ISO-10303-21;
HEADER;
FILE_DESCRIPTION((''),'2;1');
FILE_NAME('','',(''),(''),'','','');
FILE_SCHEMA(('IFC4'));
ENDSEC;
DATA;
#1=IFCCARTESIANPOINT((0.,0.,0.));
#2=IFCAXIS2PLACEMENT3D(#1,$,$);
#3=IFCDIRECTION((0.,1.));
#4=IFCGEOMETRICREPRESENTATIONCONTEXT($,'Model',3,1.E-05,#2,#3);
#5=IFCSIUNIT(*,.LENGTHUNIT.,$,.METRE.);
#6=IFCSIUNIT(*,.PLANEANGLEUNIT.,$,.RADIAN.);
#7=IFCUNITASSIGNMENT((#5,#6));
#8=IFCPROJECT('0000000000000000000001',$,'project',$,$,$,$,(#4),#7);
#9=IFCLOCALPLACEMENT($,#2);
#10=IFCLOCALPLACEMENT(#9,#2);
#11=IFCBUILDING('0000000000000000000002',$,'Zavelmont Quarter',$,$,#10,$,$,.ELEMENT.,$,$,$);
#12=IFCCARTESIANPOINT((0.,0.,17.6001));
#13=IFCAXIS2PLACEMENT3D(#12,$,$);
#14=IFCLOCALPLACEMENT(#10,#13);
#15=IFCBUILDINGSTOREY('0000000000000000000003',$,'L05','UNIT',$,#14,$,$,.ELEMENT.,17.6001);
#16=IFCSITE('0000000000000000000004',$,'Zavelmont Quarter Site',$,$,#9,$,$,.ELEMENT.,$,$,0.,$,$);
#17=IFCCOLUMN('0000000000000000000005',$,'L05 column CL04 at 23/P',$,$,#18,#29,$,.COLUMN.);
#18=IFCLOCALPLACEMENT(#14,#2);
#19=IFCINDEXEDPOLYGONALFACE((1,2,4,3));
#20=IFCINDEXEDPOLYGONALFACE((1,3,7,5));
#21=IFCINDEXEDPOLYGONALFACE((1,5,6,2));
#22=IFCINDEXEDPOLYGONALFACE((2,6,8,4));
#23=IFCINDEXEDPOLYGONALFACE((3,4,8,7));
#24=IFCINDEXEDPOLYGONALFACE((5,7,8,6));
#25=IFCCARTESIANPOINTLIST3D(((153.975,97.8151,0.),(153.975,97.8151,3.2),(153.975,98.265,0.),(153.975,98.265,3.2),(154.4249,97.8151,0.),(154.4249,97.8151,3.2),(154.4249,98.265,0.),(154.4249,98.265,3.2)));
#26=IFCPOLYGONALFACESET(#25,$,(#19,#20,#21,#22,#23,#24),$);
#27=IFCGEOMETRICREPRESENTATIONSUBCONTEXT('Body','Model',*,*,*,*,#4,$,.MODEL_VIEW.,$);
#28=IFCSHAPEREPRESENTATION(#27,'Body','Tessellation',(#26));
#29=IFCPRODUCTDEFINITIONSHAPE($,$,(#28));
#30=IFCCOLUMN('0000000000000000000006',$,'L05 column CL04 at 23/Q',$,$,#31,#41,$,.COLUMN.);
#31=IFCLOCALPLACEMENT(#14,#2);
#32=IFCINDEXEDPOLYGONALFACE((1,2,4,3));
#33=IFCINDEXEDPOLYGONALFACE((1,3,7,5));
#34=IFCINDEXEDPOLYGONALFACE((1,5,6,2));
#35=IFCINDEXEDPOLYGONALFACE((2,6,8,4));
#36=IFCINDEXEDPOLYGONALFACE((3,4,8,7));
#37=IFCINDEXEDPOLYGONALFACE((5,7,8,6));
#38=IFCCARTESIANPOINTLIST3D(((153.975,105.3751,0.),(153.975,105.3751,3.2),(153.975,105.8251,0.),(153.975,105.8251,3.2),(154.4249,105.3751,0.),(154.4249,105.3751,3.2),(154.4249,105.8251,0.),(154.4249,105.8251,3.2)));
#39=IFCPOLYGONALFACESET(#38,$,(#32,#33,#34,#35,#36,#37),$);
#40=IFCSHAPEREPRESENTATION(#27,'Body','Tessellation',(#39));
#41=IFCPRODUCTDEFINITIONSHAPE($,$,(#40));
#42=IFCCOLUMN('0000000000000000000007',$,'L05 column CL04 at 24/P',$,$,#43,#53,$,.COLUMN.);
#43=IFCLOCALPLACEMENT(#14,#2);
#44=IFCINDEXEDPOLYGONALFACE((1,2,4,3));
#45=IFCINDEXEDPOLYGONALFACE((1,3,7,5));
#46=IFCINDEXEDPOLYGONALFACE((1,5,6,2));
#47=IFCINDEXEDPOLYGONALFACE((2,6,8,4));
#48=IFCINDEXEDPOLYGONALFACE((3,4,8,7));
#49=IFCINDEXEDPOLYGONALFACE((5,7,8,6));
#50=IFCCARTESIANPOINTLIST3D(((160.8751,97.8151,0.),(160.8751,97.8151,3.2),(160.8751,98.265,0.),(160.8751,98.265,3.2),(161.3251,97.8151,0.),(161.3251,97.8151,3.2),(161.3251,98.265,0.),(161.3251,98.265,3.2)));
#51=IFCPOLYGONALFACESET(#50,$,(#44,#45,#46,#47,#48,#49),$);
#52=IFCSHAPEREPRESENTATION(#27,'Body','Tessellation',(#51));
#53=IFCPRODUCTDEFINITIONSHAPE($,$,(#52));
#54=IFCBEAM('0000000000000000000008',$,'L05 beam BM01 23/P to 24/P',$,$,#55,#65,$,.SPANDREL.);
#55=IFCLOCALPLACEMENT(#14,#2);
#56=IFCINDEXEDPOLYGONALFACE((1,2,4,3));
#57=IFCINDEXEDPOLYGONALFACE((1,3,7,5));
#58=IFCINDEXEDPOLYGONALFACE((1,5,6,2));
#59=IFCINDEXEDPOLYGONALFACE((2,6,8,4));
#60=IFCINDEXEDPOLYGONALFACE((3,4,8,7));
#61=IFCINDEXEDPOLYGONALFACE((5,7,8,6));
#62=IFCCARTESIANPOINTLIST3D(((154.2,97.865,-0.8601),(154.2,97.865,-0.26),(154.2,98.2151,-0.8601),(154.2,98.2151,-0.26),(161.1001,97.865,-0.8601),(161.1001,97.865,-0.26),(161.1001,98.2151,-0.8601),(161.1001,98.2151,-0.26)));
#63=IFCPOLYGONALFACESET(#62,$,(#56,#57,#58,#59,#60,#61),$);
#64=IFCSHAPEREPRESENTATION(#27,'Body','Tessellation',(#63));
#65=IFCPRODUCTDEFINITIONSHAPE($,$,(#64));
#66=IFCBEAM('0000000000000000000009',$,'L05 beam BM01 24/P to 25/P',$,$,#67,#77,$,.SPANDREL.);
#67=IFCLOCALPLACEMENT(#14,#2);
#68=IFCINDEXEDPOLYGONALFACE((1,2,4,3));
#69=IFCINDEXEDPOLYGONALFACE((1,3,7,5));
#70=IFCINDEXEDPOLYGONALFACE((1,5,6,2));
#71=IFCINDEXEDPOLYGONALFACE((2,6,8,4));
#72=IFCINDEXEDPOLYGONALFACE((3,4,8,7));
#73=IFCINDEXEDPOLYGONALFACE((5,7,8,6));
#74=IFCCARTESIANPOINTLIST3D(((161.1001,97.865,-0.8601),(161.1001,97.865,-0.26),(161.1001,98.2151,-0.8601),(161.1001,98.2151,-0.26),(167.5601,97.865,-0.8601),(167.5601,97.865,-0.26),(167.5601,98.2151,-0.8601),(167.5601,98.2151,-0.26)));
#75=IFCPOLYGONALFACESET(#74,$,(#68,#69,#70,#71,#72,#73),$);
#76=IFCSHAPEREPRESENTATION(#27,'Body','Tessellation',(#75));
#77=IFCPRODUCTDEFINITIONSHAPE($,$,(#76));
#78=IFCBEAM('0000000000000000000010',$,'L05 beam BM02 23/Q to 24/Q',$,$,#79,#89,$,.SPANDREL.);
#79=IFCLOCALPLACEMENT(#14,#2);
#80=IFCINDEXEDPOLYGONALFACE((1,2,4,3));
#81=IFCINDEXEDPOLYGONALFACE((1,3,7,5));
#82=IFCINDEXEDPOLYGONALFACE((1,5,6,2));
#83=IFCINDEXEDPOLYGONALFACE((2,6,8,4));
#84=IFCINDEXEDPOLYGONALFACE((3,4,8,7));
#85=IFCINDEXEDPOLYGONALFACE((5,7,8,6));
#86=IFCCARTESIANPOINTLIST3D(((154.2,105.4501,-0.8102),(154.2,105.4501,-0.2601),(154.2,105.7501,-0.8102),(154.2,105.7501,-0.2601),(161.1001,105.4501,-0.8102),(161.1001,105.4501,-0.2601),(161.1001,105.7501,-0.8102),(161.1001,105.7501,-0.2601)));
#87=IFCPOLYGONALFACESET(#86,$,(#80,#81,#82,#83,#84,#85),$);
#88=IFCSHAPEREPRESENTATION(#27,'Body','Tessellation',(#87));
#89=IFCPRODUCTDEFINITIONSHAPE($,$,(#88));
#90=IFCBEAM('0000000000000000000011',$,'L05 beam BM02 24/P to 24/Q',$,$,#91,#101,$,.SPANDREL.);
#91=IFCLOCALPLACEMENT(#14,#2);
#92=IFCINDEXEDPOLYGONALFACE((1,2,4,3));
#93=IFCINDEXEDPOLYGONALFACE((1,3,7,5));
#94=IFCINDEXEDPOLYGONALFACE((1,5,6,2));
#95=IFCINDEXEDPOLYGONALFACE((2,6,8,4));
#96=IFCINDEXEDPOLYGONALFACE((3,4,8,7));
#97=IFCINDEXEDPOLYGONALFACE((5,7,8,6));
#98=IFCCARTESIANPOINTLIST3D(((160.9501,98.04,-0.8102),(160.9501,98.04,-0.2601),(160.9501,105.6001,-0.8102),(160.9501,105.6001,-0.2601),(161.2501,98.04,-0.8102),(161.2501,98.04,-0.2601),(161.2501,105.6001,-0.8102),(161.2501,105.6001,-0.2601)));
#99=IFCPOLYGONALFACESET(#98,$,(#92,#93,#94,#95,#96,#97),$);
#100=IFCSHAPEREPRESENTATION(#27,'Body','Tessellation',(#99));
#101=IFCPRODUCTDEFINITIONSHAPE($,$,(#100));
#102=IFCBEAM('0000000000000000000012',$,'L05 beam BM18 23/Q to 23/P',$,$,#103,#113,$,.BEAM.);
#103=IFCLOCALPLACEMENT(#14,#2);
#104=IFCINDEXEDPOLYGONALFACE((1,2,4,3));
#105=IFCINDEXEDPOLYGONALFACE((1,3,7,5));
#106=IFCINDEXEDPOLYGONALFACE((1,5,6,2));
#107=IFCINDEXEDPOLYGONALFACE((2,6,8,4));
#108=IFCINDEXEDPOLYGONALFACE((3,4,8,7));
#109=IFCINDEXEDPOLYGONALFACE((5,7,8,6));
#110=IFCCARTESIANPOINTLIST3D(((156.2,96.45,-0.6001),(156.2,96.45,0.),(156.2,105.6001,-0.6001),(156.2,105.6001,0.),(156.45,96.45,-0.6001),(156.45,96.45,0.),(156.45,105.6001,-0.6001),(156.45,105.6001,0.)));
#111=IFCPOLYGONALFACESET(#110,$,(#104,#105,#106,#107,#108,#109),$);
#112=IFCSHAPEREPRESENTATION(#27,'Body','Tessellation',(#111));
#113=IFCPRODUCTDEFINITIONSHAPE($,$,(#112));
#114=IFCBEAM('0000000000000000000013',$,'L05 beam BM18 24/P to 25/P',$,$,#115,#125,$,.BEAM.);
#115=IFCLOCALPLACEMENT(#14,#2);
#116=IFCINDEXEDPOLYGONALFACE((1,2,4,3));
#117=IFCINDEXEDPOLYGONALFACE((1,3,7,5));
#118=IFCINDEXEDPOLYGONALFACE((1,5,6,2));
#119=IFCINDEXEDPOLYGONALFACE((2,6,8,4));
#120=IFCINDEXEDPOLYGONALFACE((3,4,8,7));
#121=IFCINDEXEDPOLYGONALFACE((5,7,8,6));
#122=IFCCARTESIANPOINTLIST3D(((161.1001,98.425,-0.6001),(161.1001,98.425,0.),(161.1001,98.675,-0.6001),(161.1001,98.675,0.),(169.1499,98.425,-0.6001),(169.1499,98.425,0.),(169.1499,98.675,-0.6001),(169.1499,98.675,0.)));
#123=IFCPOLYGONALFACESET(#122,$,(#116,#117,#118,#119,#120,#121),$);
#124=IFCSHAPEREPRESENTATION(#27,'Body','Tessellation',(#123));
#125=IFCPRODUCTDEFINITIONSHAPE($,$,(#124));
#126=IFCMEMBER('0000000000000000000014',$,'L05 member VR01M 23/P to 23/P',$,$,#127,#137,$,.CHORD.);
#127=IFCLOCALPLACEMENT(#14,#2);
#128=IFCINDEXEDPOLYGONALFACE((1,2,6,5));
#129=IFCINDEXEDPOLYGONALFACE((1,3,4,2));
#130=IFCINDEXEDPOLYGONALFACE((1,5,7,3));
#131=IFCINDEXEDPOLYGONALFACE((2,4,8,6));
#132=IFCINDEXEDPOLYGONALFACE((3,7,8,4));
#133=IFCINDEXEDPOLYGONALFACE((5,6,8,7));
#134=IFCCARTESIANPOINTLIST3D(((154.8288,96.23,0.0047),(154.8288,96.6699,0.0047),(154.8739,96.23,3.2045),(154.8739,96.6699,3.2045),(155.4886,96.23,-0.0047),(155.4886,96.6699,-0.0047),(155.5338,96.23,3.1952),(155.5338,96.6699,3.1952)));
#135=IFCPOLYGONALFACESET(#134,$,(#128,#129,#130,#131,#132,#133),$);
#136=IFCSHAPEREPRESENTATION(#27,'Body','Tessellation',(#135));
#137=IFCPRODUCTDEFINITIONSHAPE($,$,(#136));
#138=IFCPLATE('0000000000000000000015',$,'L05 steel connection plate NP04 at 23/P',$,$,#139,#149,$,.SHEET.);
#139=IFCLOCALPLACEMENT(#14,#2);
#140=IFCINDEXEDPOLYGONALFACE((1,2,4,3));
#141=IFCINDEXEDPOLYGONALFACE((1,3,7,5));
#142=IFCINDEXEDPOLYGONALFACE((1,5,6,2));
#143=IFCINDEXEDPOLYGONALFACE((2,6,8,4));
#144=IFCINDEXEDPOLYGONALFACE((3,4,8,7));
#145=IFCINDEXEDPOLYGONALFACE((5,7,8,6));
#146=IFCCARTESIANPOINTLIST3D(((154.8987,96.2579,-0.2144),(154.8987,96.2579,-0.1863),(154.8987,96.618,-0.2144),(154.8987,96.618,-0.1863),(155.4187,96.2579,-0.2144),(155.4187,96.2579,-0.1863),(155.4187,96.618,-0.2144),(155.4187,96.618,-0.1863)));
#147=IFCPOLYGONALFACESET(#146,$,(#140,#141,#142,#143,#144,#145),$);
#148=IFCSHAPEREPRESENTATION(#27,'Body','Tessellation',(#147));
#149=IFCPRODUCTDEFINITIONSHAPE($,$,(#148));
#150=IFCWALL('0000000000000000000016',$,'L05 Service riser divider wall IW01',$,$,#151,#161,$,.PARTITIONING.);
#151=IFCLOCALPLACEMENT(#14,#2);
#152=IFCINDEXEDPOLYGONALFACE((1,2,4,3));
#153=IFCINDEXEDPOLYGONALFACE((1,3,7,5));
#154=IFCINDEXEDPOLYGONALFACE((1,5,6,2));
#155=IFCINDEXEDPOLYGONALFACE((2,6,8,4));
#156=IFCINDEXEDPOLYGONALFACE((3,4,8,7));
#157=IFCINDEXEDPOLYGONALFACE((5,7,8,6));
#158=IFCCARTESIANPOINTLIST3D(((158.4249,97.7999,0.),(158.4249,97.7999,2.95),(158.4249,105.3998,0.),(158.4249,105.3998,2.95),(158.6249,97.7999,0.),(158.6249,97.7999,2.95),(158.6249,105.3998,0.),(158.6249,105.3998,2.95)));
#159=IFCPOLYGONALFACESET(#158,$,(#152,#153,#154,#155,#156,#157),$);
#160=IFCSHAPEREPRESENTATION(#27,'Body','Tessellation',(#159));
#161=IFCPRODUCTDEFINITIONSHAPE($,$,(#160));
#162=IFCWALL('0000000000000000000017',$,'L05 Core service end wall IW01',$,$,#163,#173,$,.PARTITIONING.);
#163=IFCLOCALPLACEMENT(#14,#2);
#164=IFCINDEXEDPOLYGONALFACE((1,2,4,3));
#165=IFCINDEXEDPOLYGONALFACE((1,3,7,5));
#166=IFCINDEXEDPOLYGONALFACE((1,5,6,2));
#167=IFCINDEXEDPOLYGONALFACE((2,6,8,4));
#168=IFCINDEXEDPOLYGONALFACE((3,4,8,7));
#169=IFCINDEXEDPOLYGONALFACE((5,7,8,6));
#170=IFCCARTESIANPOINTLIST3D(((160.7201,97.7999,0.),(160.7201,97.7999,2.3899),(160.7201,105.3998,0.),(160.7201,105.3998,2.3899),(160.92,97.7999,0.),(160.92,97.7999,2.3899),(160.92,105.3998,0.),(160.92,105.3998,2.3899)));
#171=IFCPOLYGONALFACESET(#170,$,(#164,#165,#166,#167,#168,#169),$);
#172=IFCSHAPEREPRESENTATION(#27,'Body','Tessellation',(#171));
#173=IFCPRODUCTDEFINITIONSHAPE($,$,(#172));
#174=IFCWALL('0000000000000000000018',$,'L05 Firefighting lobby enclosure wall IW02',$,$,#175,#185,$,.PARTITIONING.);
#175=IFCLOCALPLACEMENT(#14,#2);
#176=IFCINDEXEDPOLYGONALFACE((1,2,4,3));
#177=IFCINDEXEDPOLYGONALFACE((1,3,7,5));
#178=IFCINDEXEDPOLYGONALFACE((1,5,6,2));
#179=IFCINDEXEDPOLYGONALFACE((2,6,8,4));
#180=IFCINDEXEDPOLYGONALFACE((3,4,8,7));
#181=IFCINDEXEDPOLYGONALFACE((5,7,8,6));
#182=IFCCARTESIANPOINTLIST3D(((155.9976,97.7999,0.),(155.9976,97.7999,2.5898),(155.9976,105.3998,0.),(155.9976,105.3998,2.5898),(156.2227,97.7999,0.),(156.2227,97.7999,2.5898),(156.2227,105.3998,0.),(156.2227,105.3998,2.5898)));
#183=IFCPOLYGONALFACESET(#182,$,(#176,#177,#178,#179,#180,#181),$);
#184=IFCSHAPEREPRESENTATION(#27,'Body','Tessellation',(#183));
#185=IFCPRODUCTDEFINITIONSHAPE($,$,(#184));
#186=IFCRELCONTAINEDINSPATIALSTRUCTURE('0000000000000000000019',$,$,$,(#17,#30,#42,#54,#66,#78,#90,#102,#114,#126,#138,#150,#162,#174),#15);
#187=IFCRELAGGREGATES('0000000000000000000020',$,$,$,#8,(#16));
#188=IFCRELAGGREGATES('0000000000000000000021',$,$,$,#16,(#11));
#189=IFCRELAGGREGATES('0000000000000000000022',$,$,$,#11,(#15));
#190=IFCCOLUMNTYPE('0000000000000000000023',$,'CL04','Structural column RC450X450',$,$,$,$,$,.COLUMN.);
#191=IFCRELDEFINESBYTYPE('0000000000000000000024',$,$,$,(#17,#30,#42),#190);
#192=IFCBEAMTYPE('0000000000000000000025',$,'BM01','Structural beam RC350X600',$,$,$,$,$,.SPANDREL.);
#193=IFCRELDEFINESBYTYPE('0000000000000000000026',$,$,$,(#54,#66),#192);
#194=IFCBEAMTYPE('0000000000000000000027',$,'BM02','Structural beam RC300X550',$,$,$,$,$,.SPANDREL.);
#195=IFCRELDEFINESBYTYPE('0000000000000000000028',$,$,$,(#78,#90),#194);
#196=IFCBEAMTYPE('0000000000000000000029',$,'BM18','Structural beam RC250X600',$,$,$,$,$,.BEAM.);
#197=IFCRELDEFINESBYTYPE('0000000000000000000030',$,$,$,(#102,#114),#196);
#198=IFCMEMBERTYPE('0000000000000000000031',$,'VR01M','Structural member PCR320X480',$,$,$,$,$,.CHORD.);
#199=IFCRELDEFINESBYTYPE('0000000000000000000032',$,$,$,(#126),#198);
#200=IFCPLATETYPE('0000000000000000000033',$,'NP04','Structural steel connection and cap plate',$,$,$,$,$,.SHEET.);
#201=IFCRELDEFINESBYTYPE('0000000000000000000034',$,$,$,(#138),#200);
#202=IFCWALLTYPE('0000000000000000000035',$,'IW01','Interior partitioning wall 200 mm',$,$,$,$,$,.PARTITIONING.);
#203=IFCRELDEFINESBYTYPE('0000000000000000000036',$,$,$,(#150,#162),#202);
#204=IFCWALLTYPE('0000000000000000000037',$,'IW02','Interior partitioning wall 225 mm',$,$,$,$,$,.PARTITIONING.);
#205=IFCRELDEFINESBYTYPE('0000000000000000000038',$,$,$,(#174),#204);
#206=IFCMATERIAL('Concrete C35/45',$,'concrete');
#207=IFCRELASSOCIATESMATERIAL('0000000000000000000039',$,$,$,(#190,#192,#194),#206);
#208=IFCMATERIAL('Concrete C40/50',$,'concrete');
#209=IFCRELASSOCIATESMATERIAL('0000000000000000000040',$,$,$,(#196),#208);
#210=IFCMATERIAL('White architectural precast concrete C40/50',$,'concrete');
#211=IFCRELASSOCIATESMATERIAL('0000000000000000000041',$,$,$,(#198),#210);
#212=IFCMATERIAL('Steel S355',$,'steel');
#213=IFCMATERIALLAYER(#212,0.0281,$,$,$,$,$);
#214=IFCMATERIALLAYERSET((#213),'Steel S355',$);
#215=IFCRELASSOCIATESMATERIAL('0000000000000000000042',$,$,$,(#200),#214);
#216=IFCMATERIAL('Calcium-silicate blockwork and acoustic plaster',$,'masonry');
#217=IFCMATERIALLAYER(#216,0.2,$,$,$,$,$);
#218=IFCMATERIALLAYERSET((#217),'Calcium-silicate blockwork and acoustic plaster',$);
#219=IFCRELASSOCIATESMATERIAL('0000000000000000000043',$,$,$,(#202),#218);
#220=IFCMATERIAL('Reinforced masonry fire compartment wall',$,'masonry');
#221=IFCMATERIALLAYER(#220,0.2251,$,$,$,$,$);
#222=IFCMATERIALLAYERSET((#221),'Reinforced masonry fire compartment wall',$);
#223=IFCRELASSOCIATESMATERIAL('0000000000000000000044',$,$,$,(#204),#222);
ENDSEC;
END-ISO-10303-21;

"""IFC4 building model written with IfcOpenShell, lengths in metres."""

from ifc_helpers import new_model, si_unit, direction, frame, frame_2d, origin, origin_2d, place, context, subcontext, project, spatial, rectangle, extrude, material, layer, layer_set, material_profile, profile_set, type_object, element, save


model = new_model("IFC4")

# Units and contexts
model_context = context("Model", 3, precision=1e-05, world=origin(), true_north=direction((0.0, 1.0)))
body_context = subcontext(model_context, "Body", "Model", "MODEL_VIEW")
ifc_project = project(units=[si_unit("LENGTHUNIT", "METRE"), si_unit("PLANEANGLEUNIT", "RADIAN")], contexts=[model_context])

# Site, building, storey
site_placement = place(None, origin())
site = spatial("IfcSite", under=ifc_project, at=site_placement, Name="Zavelmont Quarter Site", CompositionType="ELEMENT", RefElevation=0.0)
building_placement = place(site_placement, origin())
building = spatial("IfcBuilding", under=site, at=building_placement, Name="Zavelmont Quarter", CompositionType="ELEMENT")
storey_placement = place(building_placement, frame((0.0, 0.0, 17.6001)))
storey = spatial("IfcBuildingStorey", under=building, at=storey_placement, Name="L05", Description="UNIT", CompositionType="ELEMENT", Elevation=17.6001)

# Columns
ifc_material_1 = material(Name="Concrete C35/45", Category="concrete")
ifc_material_profile_1 = material_profile(ifc_material_1, rectangle(XDim=0.45, YDim=0.45, at=origin_2d()), Name="RC450X450")
ifc_profile_set_1 = profile_set([ifc_material_profile_1], Name="Concrete C35/45")
column_type = type_object("IfcColumnType", Name="CL04", Description="Structural column RC450X450", PredefinedType="COLUMN", material=ifc_profile_set_1)
for number, where, z_axis, x_axis, name in (
    (1, (154.2, 98.04, 0.0), (0.0, 0.0, 1.0), (1.0, 0.0, 0.0), "L05 column CL04 at 23/P"),
    (2, (154.2, 105.6001, 0.0), (0.0, 0.0, 1.0), (1.0, 0.0, 0.0), "L05 column CL04 at 23/Q"),
    (3, (161.1001, 98.04, 0.0), (0.0, 0.0, 1.0), (1.0, 0.0, 0.0), "L05 column CL04 at 24/P"),
):
    element("IfcColumn", number, at=place(storey_placement, frame(where, z_axis=z_axis, x_axis=x_axis)), inside=storey, type_object=column_type, Name=name, PredefinedType="COLUMN", context=body_context, shape_type="SweptSolid", body=[
        extrude(rectangle(XDim=0.45, YDim=0.45, at=origin_2d()), origin(), (0.0, 0.0, 1.0), 3.2),
    ])

# Beams
ifc_material_profile_2 = material_profile(ifc_material_1, rectangle(XDim=0.3501, YDim=0.6001, at=origin_2d()), Name="RC350X600")
ifc_profile_set_2 = profile_set([ifc_material_profile_2], Name="Concrete C35/45")
beam_type_1 = type_object("IfcBeamType", Name="BM01", Description="Structural beam RC350X600", PredefinedType="SPANDREL", material=ifc_profile_set_2)
beam_1_placement = place(storey_placement, frame((154.2, 98.04, -0.5601), z_axis=(1.0, 0.0, 0.0), x_axis=(0.0, 1.0, 0.0)))
element("IfcBeam", 4, at=beam_1_placement, inside=storey, type_object=beam_type_1, Name="L05 beam BM01 23/P to 24/P", PredefinedType="SPANDREL", context=body_context, shape_type="SweptSolid", body=[
    extrude(rectangle(XDim=0.3501, YDim=0.6001, at=origin_2d()), origin(), (0.0, 0.0, 1.0), 6.9001),
])
beam_2_placement = place(storey_placement, frame((161.1001, 98.04, -0.5601), z_axis=(1.0, 0.0, 0.0), x_axis=(0.0, 1.0, 0.0)))
element("IfcBeam", 5, at=beam_2_placement, inside=storey, type_object=beam_type_1, Name="L05 beam BM01 24/P to 25/P", PredefinedType="SPANDREL", context=body_context, shape_type="SweptSolid", body=[
    extrude(rectangle(XDim=0.3501, YDim=0.6001, at=origin_2d()), origin(), (0.0, 0.0, 1.0), 6.46),
])
ifc_material_profile_3 = material_profile(ifc_material_1, rectangle(XDim=0.3, YDim=0.55, at=origin_2d()), Name="RC300X550")
ifc_profile_set_3 = profile_set([ifc_material_profile_3], Name="Concrete C35/45")
beam_type_2 = type_object("IfcBeamType", Name="BM02", Description="Structural beam RC300X550", PredefinedType="SPANDREL", material=ifc_profile_set_3)
beam_3_placement = place(storey_placement, frame((154.2, 105.6001, -0.5352), z_axis=(1.0, 0.0, 0.0), x_axis=(0.0, 1.0, 0.0)))
element("IfcBeam", 6, at=beam_3_placement, inside=storey, type_object=beam_type_2, Name="L05 beam BM02 23/Q to 24/Q", PredefinedType="SPANDREL", context=body_context, shape_type="SweptSolid", body=[
    extrude(rectangle(XDim=0.3, YDim=0.55, at=origin_2d()), origin(), (0.0, 0.0, 1.0), 6.9001),
])
beam_4_placement = place(storey_placement, frame((161.1001, 98.04, -0.5352), z_axis=(0.0, 1.0, 0.0), x_axis=(-1.0, 0.0, 0.0)))
element("IfcBeam", 7, at=beam_4_placement, inside=storey, type_object=beam_type_2, Name="L05 beam BM02 24/P to 24/Q", PredefinedType="SPANDREL", context=body_context, shape_type="SweptSolid", body=[
    extrude(rectangle(XDim=0.3, YDim=0.55, at=origin_2d()), origin(), (0.0, 0.0, 1.0), 7.5601),
])
ifc_material_2 = material(Name="Concrete C40/50", Category="concrete")
ifc_material_profile_4 = material_profile(ifc_material_2, rectangle(XDim=0.25, YDim=0.6001, at=origin_2d()), Name="RC250X600")
ifc_profile_set_4 = profile_set([ifc_material_profile_4], Name="Concrete C40/50")
beam_type_3 = type_object("IfcBeamType", Name="BM18", Description="Structural beam RC250X600", PredefinedType="BEAM", material=ifc_profile_set_4)
beam_5_placement = place(storey_placement, frame((156.325, 105.6001, -0.3), z_axis=(0.0, -1.0, 0.0), x_axis=(1.0, 0.0, 0.0)))
element("IfcBeam", 8, at=beam_5_placement, inside=storey, type_object=beam_type_3, Name="L05 beam BM18 23/Q to 23/P", PredefinedType="BEAM", context=body_context, shape_type="SweptSolid", body=[
    extrude(rectangle(XDim=0.25, YDim=0.6001, at=origin_2d()), origin(), (0.0, 0.0, 1.0), 9.1501),
])
beam_6_placement = place(storey_placement, frame((161.1001, 98.55, -0.3), z_axis=(1.0, 0.0, 0.0), x_axis=(0.0, 1.0, 0.0)))
element("IfcBeam", 9, at=beam_6_placement, inside=storey, type_object=beam_type_3, Name="L05 beam BM18 24/P to 25/P", PredefinedType="BEAM", context=body_context, shape_type="SweptSolid", body=[
    extrude(rectangle(XDim=0.25, YDim=0.6001, at=origin_2d()), origin(), (0.0, 0.0, 1.0), 8.0498),
])

# Member
ifc_material_3 = material(Name="White architectural precast concrete C40/50", Category="concrete")
ifc_material_profile_5 = material_profile(ifc_material_3, rectangle(XDim=0.4399, YDim=0.6599, at=origin_2d()), Name="PCR320X480")
ifc_profile_set_5 = profile_set([ifc_material_profile_5], Name="White architectural precast concrete C40/50")
member_type = type_object("IfcMemberType", Name="VR01M", Description="Structural member PCR320X480", PredefinedType="CHORD", material=ifc_profile_set_5)
member_placement = place(storey_placement, frame((155.1587, 96.45, 0.0), z_axis=(0.014113, 0.0, 0.9999), x_axis=(0.0, 1.0, 0.0)))
element("IfcMember", 10, at=member_placement, inside=storey, type_object=member_type, Name="L05 member VR01M 23/P to 23/P", PredefinedType="CHORD", context=body_context, shape_type="SweptSolid", body=[
    extrude(rectangle(XDim=0.4399, YDim=0.6599, at=origin_2d()), origin(), (0.0, 0.0, 1.0), 3.2002),
])

# Plate
ifc_material_4 = material(Name="Steel S355", Category="steel")
ifc_layer_1 = layer(ifc_material_4, 0.0281)
ifc_layer_set_1 = layer_set([ifc_layer_1], Name="Steel S355")
plate_type = type_object("IfcPlateType", Name="NP04", Description="Structural steel connection and cap plate", PredefinedType="SHEET", material=ifc_layer_set_1)
plate_placement = place(storey_placement, frame((155.1587, 96.438, -0.2144), z_axis=(0.0, 0.0, 1.0), x_axis=(1.0, 0.0, 0.0)))
element("IfcPlate", 11, at=plate_placement, inside=storey, type_object=plate_type, Name="L05 steel connection plate NP04 at 23/P", PredefinedType="SHEET", context=body_context, shape_type="SweptSolid", body=[
    extrude(rectangle(XDim=0.52, YDim=0.3601, at=origin_2d()), origin(), (0.0, 0.0, 1.0), 0.0281),
])

# Walls
ifc_material_5 = material(Name="Calcium-silicate blockwork and acoustic plaster", Category="masonry")
ifc_layer_2 = layer(ifc_material_5, 0.2)
ifc_layer_set_2 = layer_set([ifc_layer_2], Name="Calcium-silicate blockwork and acoustic plaster")
wall_type_1 = type_object("IfcWallType", Name="IW01", Description="Interior partitioning wall 200 mm", PredefinedType="PARTITIONING", material=ifc_layer_set_2)
wall_1_placement = place(storey_placement, frame((158.5249, 97.8, 0.0), z_axis=(0.0, 0.0, 1.0), x_axis=(0.0, 1.0, 0.0)))
element("IfcWall", 12, at=wall_1_placement, inside=storey, type_object=wall_type_1, Name="L05 Service riser divider wall IW01", PredefinedType="PARTITIONING", context=body_context, shape_type="SweptSolid", body=[
    extrude(rectangle(XDim=7.5999, YDim=0.2, at=frame_2d((3.7998, 0.0))), origin(), (0.0, 0.0, 1.0), 2.95),
])
wall_2_placement = place(storey_placement, frame((160.8201, 97.8, 0.0), z_axis=(0.0, 0.0, 1.0), x_axis=(0.0, 1.0, 0.0)))
element("IfcWall", 13, at=wall_2_placement, inside=storey, type_object=wall_type_1, Name="L05 Core service end wall IW01", PredefinedType="PARTITIONING", context=body_context, shape_type="SweptSolid", body=[
    extrude(rectangle(XDim=7.5999, YDim=0.2, at=frame_2d((3.7998, 0.0))), origin(), (0.0, 0.0, 1.0), 2.3899),
])
ifc_material_6 = material(Name="Reinforced masonry fire compartment wall", Category="masonry")
ifc_layer_3 = layer(ifc_material_6, 0.2251)
ifc_layer_set_3 = layer_set([ifc_layer_3], Name="Reinforced masonry fire compartment wall")
wall_type_2 = type_object("IfcWallType", Name="IW02", Description="Interior partitioning wall 225 mm", PredefinedType="PARTITIONING", material=ifc_layer_set_3)
wall_3_placement = place(storey_placement, frame((156.1101, 97.8, 0.0), z_axis=(0.0, 0.0, 1.0), x_axis=(0.0, 1.0, 0.0)))
element("IfcWall", 14, at=wall_3_placement, inside=storey, type_object=wall_type_2, Name="L05 Firefighting lobby enclosure wall IW02", PredefinedType="PARTITIONING", context=body_context, shape_type="SweptSolid", body=[
    extrude(rectangle(XDim=7.5999, YDim=0.2251, at=frame_2d((3.7998, 0.0))), origin(), (0.0, 0.0, 1.0), 2.5898),
])

save(model, "model.ifc")
